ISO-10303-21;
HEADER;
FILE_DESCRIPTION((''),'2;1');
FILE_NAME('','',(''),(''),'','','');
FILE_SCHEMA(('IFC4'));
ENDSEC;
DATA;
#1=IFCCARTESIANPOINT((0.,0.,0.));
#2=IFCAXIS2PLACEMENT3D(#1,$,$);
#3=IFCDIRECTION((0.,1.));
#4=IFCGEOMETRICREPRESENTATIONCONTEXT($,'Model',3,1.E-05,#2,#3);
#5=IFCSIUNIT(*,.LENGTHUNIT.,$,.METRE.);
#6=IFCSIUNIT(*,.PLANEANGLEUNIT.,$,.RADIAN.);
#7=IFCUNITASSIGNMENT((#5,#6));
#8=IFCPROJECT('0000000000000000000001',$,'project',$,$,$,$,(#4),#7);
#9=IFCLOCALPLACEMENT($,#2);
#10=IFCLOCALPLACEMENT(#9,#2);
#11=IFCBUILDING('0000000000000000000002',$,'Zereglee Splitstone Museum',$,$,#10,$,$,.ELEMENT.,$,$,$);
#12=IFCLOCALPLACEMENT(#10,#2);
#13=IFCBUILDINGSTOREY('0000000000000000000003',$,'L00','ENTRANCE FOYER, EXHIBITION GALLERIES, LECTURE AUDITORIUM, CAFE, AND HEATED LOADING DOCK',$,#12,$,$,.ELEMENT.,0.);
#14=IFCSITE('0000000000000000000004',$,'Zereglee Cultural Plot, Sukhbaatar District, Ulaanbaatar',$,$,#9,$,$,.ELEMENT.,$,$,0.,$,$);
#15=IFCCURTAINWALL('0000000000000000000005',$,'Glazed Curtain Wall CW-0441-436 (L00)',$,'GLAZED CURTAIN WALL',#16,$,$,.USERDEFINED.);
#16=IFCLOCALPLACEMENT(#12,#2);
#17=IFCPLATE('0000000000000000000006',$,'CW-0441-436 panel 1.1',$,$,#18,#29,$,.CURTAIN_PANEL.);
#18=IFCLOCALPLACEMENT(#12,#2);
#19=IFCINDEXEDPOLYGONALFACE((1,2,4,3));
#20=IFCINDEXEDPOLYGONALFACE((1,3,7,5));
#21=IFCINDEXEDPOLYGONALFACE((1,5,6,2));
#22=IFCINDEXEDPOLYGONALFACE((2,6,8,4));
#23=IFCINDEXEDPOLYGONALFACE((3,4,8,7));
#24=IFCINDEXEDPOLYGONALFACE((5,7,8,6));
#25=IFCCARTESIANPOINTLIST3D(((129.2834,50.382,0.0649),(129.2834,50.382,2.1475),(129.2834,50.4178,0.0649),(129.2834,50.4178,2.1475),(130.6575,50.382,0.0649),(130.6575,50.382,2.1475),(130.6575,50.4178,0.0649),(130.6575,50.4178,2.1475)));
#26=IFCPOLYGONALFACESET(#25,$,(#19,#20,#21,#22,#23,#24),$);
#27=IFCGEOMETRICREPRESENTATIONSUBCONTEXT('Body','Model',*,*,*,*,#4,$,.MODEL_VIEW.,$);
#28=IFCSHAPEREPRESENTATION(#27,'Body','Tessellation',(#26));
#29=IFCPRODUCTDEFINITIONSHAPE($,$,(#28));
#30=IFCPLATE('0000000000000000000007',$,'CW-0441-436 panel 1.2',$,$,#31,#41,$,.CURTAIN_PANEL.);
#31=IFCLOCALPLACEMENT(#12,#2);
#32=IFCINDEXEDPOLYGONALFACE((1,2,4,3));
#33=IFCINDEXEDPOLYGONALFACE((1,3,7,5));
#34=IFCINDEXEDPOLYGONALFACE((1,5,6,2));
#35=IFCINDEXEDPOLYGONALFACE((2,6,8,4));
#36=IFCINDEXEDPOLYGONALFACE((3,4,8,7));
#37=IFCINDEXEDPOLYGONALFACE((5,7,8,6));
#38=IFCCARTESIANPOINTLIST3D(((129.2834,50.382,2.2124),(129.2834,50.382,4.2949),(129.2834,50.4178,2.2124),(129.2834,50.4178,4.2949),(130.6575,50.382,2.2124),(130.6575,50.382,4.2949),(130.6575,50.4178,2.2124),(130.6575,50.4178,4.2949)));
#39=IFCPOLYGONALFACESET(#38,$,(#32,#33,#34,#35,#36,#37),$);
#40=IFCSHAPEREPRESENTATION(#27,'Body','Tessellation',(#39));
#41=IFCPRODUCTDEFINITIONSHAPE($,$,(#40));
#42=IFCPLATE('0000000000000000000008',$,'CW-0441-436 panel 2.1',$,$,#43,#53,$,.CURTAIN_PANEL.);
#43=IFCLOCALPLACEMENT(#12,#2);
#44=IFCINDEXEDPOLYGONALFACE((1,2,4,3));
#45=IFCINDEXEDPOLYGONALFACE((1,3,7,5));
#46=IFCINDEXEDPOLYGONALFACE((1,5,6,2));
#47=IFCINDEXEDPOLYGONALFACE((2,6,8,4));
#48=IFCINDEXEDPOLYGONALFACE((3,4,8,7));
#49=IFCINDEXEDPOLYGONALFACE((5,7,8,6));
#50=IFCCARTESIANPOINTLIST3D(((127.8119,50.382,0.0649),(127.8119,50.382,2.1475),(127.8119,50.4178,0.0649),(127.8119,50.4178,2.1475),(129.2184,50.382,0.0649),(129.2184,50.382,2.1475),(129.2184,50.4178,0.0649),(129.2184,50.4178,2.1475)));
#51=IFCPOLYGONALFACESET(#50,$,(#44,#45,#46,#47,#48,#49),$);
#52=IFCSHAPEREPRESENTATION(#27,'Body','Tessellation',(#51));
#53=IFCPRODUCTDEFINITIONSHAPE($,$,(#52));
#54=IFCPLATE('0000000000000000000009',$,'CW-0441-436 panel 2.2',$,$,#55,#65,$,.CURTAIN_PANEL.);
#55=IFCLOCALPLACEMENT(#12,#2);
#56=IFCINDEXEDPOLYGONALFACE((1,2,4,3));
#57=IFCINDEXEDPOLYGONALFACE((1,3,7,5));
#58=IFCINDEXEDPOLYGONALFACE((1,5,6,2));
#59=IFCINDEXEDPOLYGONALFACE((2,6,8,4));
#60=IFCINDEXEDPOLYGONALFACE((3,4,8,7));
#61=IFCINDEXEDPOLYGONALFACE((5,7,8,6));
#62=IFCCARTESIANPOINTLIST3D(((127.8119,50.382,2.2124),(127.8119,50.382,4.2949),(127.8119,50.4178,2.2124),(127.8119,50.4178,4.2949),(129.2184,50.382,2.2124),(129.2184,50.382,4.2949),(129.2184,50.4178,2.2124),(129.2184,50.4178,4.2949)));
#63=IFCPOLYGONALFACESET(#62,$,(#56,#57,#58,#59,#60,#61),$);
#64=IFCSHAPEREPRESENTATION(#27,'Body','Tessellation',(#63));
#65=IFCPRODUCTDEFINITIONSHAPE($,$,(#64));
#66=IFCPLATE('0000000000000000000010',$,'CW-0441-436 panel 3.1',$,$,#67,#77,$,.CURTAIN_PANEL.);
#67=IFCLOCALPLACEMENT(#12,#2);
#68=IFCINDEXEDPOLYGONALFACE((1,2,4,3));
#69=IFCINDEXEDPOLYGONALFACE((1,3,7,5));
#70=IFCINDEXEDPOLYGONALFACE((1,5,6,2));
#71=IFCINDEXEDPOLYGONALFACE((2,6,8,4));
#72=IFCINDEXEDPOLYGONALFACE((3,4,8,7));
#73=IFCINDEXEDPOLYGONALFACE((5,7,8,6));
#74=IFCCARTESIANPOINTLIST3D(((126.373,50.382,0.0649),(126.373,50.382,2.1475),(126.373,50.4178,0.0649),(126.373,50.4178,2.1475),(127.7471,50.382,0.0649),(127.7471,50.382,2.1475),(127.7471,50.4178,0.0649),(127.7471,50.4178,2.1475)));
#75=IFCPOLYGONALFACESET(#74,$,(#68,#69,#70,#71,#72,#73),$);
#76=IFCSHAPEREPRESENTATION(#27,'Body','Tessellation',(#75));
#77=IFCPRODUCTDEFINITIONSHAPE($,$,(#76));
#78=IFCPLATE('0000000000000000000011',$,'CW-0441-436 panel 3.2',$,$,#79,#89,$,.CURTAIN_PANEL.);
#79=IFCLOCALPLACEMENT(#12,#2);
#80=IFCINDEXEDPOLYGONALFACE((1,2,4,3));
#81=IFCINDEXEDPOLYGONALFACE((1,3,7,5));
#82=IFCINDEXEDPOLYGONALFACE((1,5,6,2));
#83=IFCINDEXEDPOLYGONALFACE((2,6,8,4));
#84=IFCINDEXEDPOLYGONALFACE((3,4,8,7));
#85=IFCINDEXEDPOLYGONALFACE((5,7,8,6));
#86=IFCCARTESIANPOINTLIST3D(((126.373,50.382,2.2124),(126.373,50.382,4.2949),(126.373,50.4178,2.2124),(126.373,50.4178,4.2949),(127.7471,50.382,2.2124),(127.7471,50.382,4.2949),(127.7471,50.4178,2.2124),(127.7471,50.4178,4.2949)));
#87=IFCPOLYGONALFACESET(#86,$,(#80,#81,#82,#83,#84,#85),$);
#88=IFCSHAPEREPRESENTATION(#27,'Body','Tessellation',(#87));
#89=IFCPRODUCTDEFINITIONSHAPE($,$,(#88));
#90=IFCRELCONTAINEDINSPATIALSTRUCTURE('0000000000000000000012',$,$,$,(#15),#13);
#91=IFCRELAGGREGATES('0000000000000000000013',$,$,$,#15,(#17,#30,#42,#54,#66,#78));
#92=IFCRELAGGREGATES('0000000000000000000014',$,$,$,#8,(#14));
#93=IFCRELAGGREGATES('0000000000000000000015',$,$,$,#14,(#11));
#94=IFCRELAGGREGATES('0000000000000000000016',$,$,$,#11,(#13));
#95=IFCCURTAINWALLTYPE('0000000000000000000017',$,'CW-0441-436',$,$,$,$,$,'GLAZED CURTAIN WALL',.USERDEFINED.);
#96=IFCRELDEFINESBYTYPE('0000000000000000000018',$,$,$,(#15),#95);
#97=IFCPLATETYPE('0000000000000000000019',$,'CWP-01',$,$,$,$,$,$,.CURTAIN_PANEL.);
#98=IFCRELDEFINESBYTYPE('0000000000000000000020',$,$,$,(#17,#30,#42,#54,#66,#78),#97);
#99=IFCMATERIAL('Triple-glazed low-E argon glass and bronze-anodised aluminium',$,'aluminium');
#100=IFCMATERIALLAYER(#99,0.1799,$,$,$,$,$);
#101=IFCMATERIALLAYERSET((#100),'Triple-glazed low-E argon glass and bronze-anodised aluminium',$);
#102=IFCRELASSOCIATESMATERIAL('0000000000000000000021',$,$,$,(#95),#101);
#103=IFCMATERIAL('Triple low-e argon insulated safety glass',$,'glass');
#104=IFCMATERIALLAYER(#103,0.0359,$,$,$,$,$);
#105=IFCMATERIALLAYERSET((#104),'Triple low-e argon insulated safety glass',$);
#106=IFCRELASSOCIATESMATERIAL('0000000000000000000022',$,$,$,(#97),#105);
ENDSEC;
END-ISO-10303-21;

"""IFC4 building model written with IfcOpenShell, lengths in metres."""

from ifc_helpers import new_model, si_unit, direction, frame, origin, origin_2d, place, context, subcontext, project, spatial, rectangle, extrude, material, layer, layer_set, type_object, element, aggregate, save


model = new_model("IFC4")

# Units and contexts
model_context = context("Model", 3, precision=1e-05, world=origin(), true_north=direction((0.0, 1.0)))
body_context = subcontext(model_context, "Body", "Model", "MODEL_VIEW")
ifc_project = project(units=[si_unit("LENGTHUNIT", "METRE"), si_unit("PLANEANGLEUNIT", "RADIAN")], contexts=[model_context])

# Site, building, storey
site_placement = place(None, origin())
site = spatial("IfcSite", under=ifc_project, at=site_placement, Name="Zereglee Cultural Plot, Sukhbaatar District, Ulaanbaatar", CompositionType="ELEMENT", RefElevation=0.0)
building_placement = place(site_placement, origin())
building = spatial("IfcBuilding", under=site, at=building_placement, Name="Zereglee Splitstone Museum", CompositionType="ELEMENT")
storey_placement = place(building_placement, origin())
storey = spatial("IfcBuildingStorey", under=building, at=storey_placement, Name="L00", Description="ENTRANCE FOYER, EXHIBITION GALLERIES, LECTURE AUDITORIUM, CAFE, AND HEATED LOADING DOCK", CompositionType="ELEMENT", Elevation=0.0)

# Shared definitions
ifc_material_1 = material(Name="Triple-glazed low-E argon glass and bronze-anodised aluminium", Category="aluminium")

# Curtain wall
ifc_layer_1 = layer(ifc_material_1, 0.1799)
ifc_layer_set_1 = layer_set([ifc_layer_1], Name="Triple-glazed low-E argon glass and bronze-anodised aluminium")
curtain_wall_type_1 = type_object("IfcCurtainWallType", Name="CW-0441-436", ElementType="GLAZED CURTAIN WALL", PredefinedType="USERDEFINED", material=ifc_layer_set_1)
curtain_wall_1_placement = place(storey_placement, origin())
curtain_wall_1 = element("IfcCurtainWall", 1, at=curtain_wall_1_placement, inside=storey, type_object=curtain_wall_type_1, Name="Glazed Curtain Wall CW-0441-436 (L00)", ObjectType="GLAZED CURTAIN WALL", PredefinedType="USERDEFINED")

# Plates
ifc_material_2 = material(Name="Triple low-e argon insulated safety glass", Category="glass")
ifc_layer_2 = layer(ifc_material_2, 0.0359)
ifc_layer_set_2 = layer_set([ifc_layer_2], Name="Triple low-e argon insulated safety glass")
plate_type = type_object("IfcPlateType", Name="CWP-01", PredefinedType="CURTAIN_PANEL", material=ifc_layer_set_2)
plate_1_placement = place(storey_placement, frame((129.9705, 50.3999, 0.0649), z_axis=(0.0, 0.0, 1.0), x_axis=(-1.0, 0.0, 0.0)))
plate_1 = element("IfcPlate", 2, at=plate_1_placement, type_object=plate_type, Name="CW-0441-436 panel 1.1", PredefinedType="CURTAIN_PANEL", context=body_context, shape_type="SweptSolid", body=[
    extrude(rectangle(XDim=1.374, YDim=0.0359, at=origin_2d()), origin(), (0.0, 0.0, 1.0), 2.0825),
])
plate_2_placement = place(storey_placement, frame((129.9705, 50.3999, 2.2124), z_axis=(0.0, 0.0, 1.0), x_axis=(-1.0, 0.0, 0.0)))
plate_2 = element("IfcPlate", 3, at=plate_2_placement, type_object=plate_type, Name="CW-0441-436 panel 1.2", PredefinedType="CURTAIN_PANEL", context=body_context, shape_type="SweptSolid", body=[
    extrude(rectangle(XDim=1.374, YDim=0.0359, at=origin_2d()), origin(), (0.0, 0.0, 1.0), 2.0825),
])
plate_3_placement = place(storey_placement, frame((128.5151, 50.3999, 0.0649), z_axis=(0.0, 0.0, 1.0), x_axis=(-1.0, 0.0, 0.0)))
plate_3 = element("IfcPlate", 4, at=plate_3_placement, type_object=plate_type, Name="CW-0441-436 panel 2.1", PredefinedType="CURTAIN_PANEL", context=body_context, shape_type="SweptSolid", body=[
    extrude(rectangle(XDim=1.4065, YDim=0.0359, at=origin_2d()), origin(), (0.0, 0.0, 1.0), 2.0825),
])
plate_4_placement = place(storey_placement, frame((128.5151, 50.3999, 2.2124), z_axis=(0.0, 0.0, 1.0), x_axis=(-1.0, 0.0, 0.0)))
plate_4 = element("IfcPlate", 5, at=plate_4_placement, type_object=plate_type, Name="CW-0441-436 panel 2.2", PredefinedType="CURTAIN_PANEL", context=body_context, shape_type="SweptSolid", body=[
    extrude(rectangle(XDim=1.4065, YDim=0.0359, at=origin_2d()), origin(), (0.0, 0.0, 1.0), 2.0825),
])
plate_5_placement = place(storey_placement, frame((127.0601, 50.3999, 0.0649), z_axis=(0.0, 0.0, 1.0), x_axis=(-1.0, 0.0, 0.0)))
plate_5 = element("IfcPlate", 6, at=plate_5_placement, type_object=plate_type, Name="CW-0441-436 panel 3.1", PredefinedType="CURTAIN_PANEL", context=body_context, shape_type="SweptSolid", body=[
    extrude(rectangle(XDim=1.374, YDim=0.0359, at=origin_2d()), origin(), (0.0, 0.0, 1.0), 2.0825),
])
plate_6_placement = place(storey_placement, frame((127.0601, 50.3999, 2.2124), z_axis=(0.0, 0.0, 1.0), x_axis=(-1.0, 0.0, 0.0)))
plate_6 = element("IfcPlate", 7, at=plate_6_placement, type_object=plate_type, Name="CW-0441-436 panel 3.2", PredefinedType="CURTAIN_PANEL", context=body_context, shape_type="SweptSolid", body=[
    extrude(rectangle(XDim=1.374, YDim=0.0359, at=origin_2d()), origin(), (0.0, 0.0, 1.0), 2.0825),
])
aggregate(curtain_wall_1, [plate_1, plate_2, plate_3, plate_4, plate_5, plate_6])

save(model, "model.ifc")
